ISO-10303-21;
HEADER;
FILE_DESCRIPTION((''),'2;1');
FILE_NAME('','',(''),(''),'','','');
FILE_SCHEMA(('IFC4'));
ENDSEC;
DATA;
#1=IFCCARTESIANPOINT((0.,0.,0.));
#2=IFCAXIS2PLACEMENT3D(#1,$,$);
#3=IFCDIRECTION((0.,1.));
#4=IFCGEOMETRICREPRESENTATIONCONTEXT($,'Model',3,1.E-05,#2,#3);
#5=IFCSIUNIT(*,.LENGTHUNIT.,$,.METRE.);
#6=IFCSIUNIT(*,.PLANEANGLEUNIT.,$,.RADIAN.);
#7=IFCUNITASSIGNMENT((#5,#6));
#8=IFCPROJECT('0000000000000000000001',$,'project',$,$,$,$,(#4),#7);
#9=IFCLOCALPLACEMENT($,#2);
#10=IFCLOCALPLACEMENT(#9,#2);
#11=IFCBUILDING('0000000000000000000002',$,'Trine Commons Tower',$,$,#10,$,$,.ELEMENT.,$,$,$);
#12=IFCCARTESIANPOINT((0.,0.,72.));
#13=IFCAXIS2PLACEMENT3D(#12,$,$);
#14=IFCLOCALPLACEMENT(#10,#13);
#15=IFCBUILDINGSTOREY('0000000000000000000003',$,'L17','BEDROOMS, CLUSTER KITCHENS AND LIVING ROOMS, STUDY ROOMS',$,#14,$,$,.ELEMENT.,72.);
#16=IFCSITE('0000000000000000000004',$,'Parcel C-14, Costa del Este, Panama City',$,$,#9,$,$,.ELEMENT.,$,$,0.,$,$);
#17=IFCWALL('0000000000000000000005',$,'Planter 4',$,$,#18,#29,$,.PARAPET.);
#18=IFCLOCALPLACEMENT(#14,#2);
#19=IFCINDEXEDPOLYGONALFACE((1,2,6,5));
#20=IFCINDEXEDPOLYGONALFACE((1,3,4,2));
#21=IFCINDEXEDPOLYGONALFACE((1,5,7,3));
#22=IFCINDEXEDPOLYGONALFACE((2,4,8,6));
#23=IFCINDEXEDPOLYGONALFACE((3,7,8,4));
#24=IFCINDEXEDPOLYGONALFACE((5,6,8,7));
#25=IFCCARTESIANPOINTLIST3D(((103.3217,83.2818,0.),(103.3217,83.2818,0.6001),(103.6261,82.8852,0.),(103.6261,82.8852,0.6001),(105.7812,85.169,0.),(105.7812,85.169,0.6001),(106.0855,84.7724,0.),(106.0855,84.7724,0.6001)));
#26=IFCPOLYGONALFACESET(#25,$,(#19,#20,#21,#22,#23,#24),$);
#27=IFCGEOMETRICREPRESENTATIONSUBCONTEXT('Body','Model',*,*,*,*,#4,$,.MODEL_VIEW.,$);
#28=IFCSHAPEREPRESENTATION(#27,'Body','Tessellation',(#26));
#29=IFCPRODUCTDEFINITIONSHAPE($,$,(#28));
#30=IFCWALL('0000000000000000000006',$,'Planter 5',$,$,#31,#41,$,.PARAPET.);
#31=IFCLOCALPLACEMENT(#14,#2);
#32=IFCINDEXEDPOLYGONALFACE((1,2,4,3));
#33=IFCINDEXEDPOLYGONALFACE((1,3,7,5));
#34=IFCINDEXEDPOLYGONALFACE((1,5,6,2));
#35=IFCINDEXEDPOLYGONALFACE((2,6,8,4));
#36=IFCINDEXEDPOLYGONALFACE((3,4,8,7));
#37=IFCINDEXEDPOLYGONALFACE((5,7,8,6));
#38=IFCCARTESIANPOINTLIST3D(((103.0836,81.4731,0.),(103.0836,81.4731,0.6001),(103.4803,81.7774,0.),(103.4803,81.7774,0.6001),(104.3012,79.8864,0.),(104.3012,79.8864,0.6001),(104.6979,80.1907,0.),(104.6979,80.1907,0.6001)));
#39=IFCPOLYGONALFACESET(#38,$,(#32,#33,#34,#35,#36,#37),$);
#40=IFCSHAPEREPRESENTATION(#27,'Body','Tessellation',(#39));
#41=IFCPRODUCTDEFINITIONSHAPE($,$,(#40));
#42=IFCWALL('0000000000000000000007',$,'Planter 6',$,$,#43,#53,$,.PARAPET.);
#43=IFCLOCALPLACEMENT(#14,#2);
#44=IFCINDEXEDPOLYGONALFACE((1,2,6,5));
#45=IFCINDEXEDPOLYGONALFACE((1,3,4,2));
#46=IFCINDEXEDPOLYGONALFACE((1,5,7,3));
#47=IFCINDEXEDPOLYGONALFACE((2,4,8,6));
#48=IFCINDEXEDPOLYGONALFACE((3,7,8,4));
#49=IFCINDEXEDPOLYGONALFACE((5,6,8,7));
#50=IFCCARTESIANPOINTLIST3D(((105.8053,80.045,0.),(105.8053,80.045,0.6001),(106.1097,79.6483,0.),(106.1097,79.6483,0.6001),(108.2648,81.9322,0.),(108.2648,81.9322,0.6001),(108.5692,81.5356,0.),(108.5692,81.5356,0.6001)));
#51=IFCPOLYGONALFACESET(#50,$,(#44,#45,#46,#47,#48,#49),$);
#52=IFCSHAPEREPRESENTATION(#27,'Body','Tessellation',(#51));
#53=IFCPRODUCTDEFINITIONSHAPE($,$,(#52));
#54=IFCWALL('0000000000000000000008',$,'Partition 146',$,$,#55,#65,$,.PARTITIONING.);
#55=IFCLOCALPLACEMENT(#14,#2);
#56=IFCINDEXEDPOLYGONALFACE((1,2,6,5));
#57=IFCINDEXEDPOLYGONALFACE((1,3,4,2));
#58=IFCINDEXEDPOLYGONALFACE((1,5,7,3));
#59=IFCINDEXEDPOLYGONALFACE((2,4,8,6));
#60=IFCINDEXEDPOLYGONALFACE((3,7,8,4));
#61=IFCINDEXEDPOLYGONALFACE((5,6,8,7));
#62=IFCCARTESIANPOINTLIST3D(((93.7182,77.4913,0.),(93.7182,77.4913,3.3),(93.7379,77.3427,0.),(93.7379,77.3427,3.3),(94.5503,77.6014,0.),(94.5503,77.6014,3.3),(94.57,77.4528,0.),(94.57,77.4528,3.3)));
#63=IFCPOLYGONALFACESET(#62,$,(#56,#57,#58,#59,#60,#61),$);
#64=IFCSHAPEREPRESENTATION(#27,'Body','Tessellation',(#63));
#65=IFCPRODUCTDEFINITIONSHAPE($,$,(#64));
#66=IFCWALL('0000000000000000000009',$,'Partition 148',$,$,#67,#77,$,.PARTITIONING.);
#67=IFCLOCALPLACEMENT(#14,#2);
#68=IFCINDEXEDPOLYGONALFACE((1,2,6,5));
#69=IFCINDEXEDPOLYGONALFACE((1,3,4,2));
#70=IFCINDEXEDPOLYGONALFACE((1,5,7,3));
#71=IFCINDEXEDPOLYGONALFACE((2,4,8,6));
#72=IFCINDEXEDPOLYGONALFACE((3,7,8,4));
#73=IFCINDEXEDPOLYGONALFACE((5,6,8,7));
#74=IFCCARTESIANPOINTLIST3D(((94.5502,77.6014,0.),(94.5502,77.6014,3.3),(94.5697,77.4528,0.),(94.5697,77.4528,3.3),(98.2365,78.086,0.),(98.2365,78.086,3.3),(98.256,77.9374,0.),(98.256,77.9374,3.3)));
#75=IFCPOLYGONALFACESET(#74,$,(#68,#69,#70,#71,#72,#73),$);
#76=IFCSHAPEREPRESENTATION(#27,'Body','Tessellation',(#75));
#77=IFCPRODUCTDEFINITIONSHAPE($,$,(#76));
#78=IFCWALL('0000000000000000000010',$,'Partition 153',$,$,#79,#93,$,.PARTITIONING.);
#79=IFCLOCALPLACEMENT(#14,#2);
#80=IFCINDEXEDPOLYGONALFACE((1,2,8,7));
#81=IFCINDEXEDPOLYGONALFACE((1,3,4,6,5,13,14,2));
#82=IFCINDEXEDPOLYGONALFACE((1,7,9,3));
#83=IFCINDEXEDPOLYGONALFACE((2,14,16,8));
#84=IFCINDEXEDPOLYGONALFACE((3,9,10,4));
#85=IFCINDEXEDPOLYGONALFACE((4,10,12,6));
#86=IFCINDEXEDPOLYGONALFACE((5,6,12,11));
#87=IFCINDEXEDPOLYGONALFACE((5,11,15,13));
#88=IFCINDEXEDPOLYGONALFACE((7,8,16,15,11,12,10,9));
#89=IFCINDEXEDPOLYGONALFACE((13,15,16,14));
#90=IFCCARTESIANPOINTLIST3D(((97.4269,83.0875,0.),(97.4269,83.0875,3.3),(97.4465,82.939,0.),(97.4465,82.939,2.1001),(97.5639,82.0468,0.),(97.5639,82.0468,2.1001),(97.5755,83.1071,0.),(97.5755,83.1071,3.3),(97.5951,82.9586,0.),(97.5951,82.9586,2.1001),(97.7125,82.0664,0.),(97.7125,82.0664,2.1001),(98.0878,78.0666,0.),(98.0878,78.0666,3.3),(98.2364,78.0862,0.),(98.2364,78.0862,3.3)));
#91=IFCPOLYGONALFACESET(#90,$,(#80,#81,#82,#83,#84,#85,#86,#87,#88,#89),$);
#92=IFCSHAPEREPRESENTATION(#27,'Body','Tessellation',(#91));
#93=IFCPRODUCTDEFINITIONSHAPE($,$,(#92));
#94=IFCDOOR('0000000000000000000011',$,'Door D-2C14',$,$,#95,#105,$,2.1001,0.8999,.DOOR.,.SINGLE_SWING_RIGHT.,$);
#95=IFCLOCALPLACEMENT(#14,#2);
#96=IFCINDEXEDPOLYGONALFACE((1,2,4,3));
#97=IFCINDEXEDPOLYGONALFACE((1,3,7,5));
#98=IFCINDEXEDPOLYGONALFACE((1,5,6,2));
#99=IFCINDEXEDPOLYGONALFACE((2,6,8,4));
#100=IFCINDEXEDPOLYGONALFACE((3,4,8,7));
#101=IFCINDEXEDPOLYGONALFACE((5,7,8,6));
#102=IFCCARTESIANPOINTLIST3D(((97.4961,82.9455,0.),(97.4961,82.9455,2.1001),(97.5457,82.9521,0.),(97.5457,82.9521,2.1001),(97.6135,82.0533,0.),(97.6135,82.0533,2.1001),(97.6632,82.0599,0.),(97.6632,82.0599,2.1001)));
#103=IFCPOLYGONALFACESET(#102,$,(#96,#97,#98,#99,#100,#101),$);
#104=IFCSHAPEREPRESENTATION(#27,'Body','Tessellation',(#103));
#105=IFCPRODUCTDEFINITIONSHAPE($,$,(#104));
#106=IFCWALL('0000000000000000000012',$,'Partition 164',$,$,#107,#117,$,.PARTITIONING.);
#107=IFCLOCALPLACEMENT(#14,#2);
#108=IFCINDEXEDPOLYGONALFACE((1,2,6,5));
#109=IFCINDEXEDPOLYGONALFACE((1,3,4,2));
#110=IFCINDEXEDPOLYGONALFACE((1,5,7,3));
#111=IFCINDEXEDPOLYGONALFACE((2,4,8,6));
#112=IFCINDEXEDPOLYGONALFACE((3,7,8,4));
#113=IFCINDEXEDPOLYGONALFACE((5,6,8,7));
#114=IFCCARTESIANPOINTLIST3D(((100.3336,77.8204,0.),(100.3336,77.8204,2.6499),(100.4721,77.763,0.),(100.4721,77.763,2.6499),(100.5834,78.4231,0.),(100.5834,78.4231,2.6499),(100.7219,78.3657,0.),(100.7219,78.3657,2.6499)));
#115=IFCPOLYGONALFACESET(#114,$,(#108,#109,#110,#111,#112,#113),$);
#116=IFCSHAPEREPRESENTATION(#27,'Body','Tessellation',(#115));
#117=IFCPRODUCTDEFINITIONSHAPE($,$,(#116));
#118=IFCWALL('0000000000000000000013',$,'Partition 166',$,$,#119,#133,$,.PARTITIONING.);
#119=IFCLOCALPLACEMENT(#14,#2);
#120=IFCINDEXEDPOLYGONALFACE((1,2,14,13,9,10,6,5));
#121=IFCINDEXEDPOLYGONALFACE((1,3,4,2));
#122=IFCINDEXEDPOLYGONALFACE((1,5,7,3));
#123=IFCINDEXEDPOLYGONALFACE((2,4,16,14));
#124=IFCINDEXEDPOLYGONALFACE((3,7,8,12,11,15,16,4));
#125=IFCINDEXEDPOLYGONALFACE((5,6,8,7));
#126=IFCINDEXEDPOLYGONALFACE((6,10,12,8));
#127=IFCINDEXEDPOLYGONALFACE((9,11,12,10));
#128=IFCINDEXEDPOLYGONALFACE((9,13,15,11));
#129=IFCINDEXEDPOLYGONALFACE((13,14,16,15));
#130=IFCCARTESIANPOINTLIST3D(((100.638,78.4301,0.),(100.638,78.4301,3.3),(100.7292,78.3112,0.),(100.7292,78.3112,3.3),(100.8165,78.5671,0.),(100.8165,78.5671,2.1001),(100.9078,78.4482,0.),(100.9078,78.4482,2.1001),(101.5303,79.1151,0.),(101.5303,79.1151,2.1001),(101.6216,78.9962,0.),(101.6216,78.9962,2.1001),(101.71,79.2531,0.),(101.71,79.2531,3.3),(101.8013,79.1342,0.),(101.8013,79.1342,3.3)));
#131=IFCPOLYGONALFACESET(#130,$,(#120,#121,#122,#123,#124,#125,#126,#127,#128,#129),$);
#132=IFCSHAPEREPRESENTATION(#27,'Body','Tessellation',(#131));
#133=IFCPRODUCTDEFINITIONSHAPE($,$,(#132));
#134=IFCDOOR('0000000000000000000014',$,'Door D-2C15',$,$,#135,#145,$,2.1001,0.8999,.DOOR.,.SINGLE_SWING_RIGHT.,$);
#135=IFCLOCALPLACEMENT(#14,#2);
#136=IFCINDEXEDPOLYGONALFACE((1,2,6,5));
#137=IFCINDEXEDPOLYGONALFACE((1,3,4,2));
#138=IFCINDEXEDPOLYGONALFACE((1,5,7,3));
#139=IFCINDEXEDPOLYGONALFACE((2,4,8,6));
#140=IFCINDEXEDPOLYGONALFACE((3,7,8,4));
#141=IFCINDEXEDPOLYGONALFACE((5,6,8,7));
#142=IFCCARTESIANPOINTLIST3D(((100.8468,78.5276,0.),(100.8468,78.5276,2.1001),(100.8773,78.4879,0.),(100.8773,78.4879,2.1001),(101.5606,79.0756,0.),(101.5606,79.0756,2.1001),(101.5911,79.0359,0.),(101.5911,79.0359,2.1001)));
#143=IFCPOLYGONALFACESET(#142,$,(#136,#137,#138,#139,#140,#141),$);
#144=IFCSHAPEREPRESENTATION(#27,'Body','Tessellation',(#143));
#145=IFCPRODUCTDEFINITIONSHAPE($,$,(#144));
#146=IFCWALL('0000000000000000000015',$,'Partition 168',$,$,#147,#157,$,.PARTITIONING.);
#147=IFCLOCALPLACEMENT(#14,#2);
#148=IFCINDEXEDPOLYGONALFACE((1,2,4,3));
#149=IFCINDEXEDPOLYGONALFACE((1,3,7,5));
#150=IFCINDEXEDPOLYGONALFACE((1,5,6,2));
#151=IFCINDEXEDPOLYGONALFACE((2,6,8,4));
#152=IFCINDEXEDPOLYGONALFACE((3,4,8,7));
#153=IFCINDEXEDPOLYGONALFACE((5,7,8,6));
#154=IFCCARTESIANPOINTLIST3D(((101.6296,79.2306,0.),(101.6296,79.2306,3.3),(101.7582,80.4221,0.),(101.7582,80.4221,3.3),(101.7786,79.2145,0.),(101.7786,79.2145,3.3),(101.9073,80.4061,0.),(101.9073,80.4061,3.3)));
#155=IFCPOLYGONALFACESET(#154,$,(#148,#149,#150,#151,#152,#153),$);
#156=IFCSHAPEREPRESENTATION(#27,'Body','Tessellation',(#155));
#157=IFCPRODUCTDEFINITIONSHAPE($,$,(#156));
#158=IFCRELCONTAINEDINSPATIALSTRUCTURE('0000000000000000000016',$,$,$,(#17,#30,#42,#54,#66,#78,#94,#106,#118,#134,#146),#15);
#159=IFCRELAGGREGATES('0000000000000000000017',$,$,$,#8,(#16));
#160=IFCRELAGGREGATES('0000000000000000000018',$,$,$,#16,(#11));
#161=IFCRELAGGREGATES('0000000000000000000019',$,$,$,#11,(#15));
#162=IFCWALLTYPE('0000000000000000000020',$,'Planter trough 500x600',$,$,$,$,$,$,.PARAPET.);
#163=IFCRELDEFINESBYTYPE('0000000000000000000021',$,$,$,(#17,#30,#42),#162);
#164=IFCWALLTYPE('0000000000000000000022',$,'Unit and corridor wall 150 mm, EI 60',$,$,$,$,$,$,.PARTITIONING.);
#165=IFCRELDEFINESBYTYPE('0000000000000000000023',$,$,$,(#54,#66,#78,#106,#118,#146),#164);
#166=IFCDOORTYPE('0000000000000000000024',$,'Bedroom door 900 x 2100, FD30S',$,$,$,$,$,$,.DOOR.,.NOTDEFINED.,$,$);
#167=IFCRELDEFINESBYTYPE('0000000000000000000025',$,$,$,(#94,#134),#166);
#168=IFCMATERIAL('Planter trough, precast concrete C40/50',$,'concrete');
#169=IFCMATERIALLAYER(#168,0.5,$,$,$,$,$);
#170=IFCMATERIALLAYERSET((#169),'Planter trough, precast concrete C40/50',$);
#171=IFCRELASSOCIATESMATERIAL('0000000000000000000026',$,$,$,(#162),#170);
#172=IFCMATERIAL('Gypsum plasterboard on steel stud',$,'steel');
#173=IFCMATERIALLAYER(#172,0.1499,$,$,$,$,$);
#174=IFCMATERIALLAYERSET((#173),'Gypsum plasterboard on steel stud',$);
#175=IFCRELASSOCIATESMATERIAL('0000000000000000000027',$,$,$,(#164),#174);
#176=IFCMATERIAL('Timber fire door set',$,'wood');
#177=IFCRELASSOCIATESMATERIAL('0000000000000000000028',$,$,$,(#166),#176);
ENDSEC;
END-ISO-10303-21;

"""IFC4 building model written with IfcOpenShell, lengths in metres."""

from ifc_helpers import new_model, si_unit, direction, frame, frame_2d, origin, place, context, subcontext, project, spatial, rectangle, extrude, material, layer, layer_set, type_object, element, fill, save


model = new_model("IFC4")

# Units and contexts
model_context = context("Model", 3, precision=1e-05, world=origin(), true_north=direction((0.0, 1.0)))
body_context = subcontext(model_context, "Body", "Model", "MODEL_VIEW")
ifc_project = project(units=[si_unit("LENGTHUNIT", "METRE"), si_unit("PLANEANGLEUNIT", "RADIAN")], contexts=[model_context])

# Site, building, storey
site_placement = place(None, origin())
site = spatial("IfcSite", under=ifc_project, at=site_placement, Name="Parcel C-14, Costa del Este, Panama City", CompositionType="ELEMENT", RefElevation=0.0)
building_placement = place(site_placement, origin())
building = spatial("IfcBuilding", under=site, at=building_placement, Name="Trine Commons Tower", CompositionType="ELEMENT")
storey_placement = place(building_placement, frame((0.0, 0.0, 72.0)))
storey = spatial("IfcBuildingStorey", under=building, at=storey_placement, Name="L17", Description="BEDROOMS, CLUSTER KITCHENS AND LIVING ROOMS, STUDY ROOMS", CompositionType="ELEMENT", Elevation=72.0)

# Walls
ifc_material_1 = material(Name="Planter trough, precast concrete C40/50", Category="concrete")
ifc_layer_1 = layer(ifc_material_1, 0.5)
ifc_layer_set_1 = layer_set([ifc_layer_1], Name="Planter trough, precast concrete C40/50")
wall_type_1 = type_object("IfcWallType", Name="Planter trough 500x600", PredefinedType="PARAPET", material=ifc_layer_set_1)
wall_1_placement = place(storey_placement, frame((105.9333, 84.9707, 0.0), z_axis=(0.0, 0.0, 1.0), x_axis=(-0.793355, -0.608759, 0.0)))
element("IfcWall", 1, at=wall_1_placement, inside=storey, type_object=wall_type_1, Name="Planter 4", PredefinedType="PARAPET", context=body_context, shape_type="SweptSolid", body=[
    extrude(rectangle(XDim=3.1001, YDim=0.5, at=frame_2d((1.55, 0.0))), origin(), (0.0, 0.0, 1.0), 0.6001),
])
wall_2_placement = place(storey_placement, frame((103.282, 81.6252, 0.0), z_axis=(0.0, 0.0, 1.0), x_axis=(0.608772, -0.793345, 0.0)))
element("IfcWall", 2, at=wall_2_placement, inside=storey, type_object=wall_type_1, Name="Planter 5", PredefinedType="PARAPET", context=body_context, shape_type="SweptSolid", body=[
    extrude(rectangle(XDim=2.0, YDim=0.5, at=frame_2d((1.0, 0.0))), origin(), (0.0, 0.0, 1.0), 0.6001),
])
wall_3_placement = place(storey_placement, frame((105.9575, 79.8467, 0.0), z_axis=(0.0, 0.0, 1.0), x_axis=(0.793355, 0.608759, 0.0)))
element("IfcWall", 3, at=wall_3_placement, inside=storey, type_object=wall_type_1, Name="Planter 6", PredefinedType="PARAPET", context=body_context, shape_type="SweptSolid", body=[
    extrude(rectangle(XDim=3.1001, YDim=0.5, at=frame_2d((1.55, 0.0))), origin(), (0.0, 0.0, 1.0), 0.6001),
])
ifc_material_2 = material(Name="Gypsum plasterboard on steel stud", Category="steel")
ifc_layer_2 = layer(ifc_material_2, 0.1499)
ifc_layer_set_2 = layer_set([ifc_layer_2], Name="Gypsum plasterboard on steel stud")
wall_type_2 = type_object("IfcWallType", Name="Unit and corridor wall 150 mm, EI 60", PredefinedType="PARTITIONING", material=ifc_layer_set_2)
wall_4_placement = place(storey_placement, frame((93.728, 77.417, 0.0), z_axis=(0.0, 0.0, 1.0), x_axis=(0.991357, 0.131192, 0.0)))
element("IfcWall", 4, at=wall_4_placement, inside=storey, type_object=wall_type_2, Name="Partition 146", PredefinedType="PARTITIONING", context=body_context, shape_type="SweptSolid", body=[
    extrude(rectangle(XDim=0.8394, YDim=0.1499, at=frame_2d((0.4197, 0.0))), origin(), (0.0, 0.0, 1.0), 3.3),
])
wall_5_placement = place(storey_placement, frame((94.5601, 77.5271, 0.0), z_axis=(0.0, 0.0, 1.0), x_axis=(0.991469, 0.130344, 0.0)))
element("IfcWall", 5, at=wall_5_placement, inside=storey, type_object=wall_type_2, Name="Partition 148", PredefinedType="PARTITIONING", context=body_context, shape_type="SweptSolid", body=[
    extrude(rectangle(XDim=3.718, YDim=0.1499, at=frame_2d((1.8589, 0.0))), origin(), (0.0, 0.0, 1.0), 3.3),
])

# Wall, opening, door
wall_6_placement = place(storey_placement, frame((97.5012, 83.0974, 0.0), z_axis=(0.0, 0.0, 1.0), x_axis=(0.130499, -0.991448, 0.0)))
wall_6 = element("IfcWall", 6, at=wall_6_placement, inside=storey, type_object=wall_type_2, Name="Partition 153", PredefinedType="PARTITIONING", context=body_context, shape_type="SweptSolid", body=[
    extrude(rectangle(XDim=5.0642, YDim=0.1499, at=frame_2d((2.5322, 0.0))), origin(), (0.0, 0.0, 1.0), 3.3),
])
opening_1_placement = place(wall_6_placement, frame((0.1499, 0.0, 0.0)))
opening_1 = element("IfcOpeningElement", 7, at=opening_1_placement, cuts=wall_6, PredefinedType="OPENING", context=body_context, shape_type="SweptSolid", body=[
    extrude(rectangle(XDim=0.8999, YDim=2.1001, at=frame_2d((0.45, 1.05))), frame((0.0, 0.085, 0.0), z_axis=(0.0, -1.0, 0.0), x_axis=(1.0, 0.0, 0.0)), (0.0, 0.0, 1.0), 0.1699),
])
ifc_material_3 = material(Name="Timber fire door set", Category="wood")
door_type_1 = type_object("IfcDoorType", Name="Bedroom door 900 x 2100, FD30S", OperationType="NOTDEFINED", PredefinedType="DOOR", material=ifc_material_3)
door_1_placement = place(opening_1_placement, frame((0.8999, 0.0, 0.0), z_axis=(0.0, 0.0, 1.0), x_axis=(-1.0, 0.0, 0.0)))
door_1 = element("IfcDoor", 8, at=door_1_placement, inside=storey, type_object=door_type_1, Name="Door D-2C14", OperationType="SINGLE_SWING_RIGHT", OverallHeight=2.1001, OverallWidth=0.8999, PredefinedType="DOOR", context=body_context, shape_type="SweptSolid", body=[
    extrude(rectangle(XDim=0.8999, YDim=2.1001, at=frame_2d((0.45, 1.05))), frame((0.0, 0.0249, 0.0), z_axis=(0.0, -1.0, 0.0), x_axis=(1.0, 0.0, 0.0)), (0.0, 0.0, 1.0), 0.05),
])
fill(opening_1, door_1)

# Wall
wall_7_placement = place(storey_placement, frame((100.4028, 77.7917, 0.0), z_axis=(0.0, 0.0, 1.0), x_axis=(0.382914, 0.923784, 0.0)))
element("IfcWall", 9, at=wall_7_placement, inside=storey, type_object=wall_type_2, Name="Partition 164", PredefinedType="PARTITIONING", context=body_context, shape_type="SweptSolid", body=[
    extrude(rectangle(XDim=0.6523, YDim=0.1499, at=frame_2d((0.3262, 0.0))), origin(), (0.0, 0.0, 1.0), 2.6499),
])

# Wall, opening, door
wall_8_placement = place(storey_placement, frame((100.6836, 78.3706, 0.0), z_axis=(0.0, 0.0, 1.0), x_axis=(0.793208, 0.608951, 0.0)))
wall_8 = element("IfcWall", 10, at=wall_8_placement, inside=storey, type_object=wall_type_2, Name="Partition 166", PredefinedType="PARTITIONING", context=body_context, shape_type="SweptSolid", body=[
    extrude(rectangle(XDim=1.3516, YDim=0.1499, at=frame_2d((0.6758, 0.0))), origin(), (0.0, 0.0, 1.0), 3.3),
])
opening_2_placement = place(wall_8_placement, frame((0.2251, 0.0, 0.0)))
opening_2 = element("IfcOpeningElement", 11, at=opening_2_placement, cuts=wall_8, PredefinedType="OPENING", context=body_context, shape_type="SweptSolid", body=[
    extrude(rectangle(XDim=0.8999, YDim=2.1001, at=frame_2d((0.45, 1.05))), frame((0.0, 0.085, 0.0), z_axis=(0.0, -1.0, 0.0), x_axis=(1.0, 0.0, 0.0)), (0.0, 0.0, 1.0), 0.1699),
])
door_2_placement = place(opening_2_placement, frame((0.8999, 0.0, 0.0), z_axis=(0.0, 0.0, 1.0), x_axis=(-1.0, 0.0, 0.0)))
door_2 = element("IfcDoor", 12, at=door_2_placement, inside=storey, type_object=door_type_1, Name="Door D-2C15", OperationType="SINGLE_SWING_RIGHT", OverallHeight=2.1001, OverallWidth=0.8999, PredefinedType="DOOR", context=body_context, shape_type="SweptSolid", body=[
    extrude(rectangle(XDim=0.8999, YDim=2.1001, at=frame_2d((0.45, 1.05))), frame((0.0, 0.0249, 0.0), z_axis=(0.0, -1.0, 0.0), x_axis=(1.0, 0.0, 0.0)), (0.0, 0.0, 1.0), 0.05),
])
fill(opening_2, door_2)

# Wall
wall_9_placement = place(storey_placement, frame((101.7041, 79.2227, 0.0), z_axis=(0.0, 0.0, 1.0), x_axis=(0.107346, 0.994222, 0.0)))
element("IfcWall", 13, at=wall_9_placement, inside=storey, type_object=wall_type_2, Name="Partition 168", PredefinedType="PARTITIONING", context=body_context, shape_type="SweptSolid", body=[
    extrude(rectangle(XDim=1.1985, YDim=0.1499, at=frame_2d((0.5991, 0.0))), origin(), (0.0, 0.0, 1.0), 3.3),
])

save(model, "model.ifc")
